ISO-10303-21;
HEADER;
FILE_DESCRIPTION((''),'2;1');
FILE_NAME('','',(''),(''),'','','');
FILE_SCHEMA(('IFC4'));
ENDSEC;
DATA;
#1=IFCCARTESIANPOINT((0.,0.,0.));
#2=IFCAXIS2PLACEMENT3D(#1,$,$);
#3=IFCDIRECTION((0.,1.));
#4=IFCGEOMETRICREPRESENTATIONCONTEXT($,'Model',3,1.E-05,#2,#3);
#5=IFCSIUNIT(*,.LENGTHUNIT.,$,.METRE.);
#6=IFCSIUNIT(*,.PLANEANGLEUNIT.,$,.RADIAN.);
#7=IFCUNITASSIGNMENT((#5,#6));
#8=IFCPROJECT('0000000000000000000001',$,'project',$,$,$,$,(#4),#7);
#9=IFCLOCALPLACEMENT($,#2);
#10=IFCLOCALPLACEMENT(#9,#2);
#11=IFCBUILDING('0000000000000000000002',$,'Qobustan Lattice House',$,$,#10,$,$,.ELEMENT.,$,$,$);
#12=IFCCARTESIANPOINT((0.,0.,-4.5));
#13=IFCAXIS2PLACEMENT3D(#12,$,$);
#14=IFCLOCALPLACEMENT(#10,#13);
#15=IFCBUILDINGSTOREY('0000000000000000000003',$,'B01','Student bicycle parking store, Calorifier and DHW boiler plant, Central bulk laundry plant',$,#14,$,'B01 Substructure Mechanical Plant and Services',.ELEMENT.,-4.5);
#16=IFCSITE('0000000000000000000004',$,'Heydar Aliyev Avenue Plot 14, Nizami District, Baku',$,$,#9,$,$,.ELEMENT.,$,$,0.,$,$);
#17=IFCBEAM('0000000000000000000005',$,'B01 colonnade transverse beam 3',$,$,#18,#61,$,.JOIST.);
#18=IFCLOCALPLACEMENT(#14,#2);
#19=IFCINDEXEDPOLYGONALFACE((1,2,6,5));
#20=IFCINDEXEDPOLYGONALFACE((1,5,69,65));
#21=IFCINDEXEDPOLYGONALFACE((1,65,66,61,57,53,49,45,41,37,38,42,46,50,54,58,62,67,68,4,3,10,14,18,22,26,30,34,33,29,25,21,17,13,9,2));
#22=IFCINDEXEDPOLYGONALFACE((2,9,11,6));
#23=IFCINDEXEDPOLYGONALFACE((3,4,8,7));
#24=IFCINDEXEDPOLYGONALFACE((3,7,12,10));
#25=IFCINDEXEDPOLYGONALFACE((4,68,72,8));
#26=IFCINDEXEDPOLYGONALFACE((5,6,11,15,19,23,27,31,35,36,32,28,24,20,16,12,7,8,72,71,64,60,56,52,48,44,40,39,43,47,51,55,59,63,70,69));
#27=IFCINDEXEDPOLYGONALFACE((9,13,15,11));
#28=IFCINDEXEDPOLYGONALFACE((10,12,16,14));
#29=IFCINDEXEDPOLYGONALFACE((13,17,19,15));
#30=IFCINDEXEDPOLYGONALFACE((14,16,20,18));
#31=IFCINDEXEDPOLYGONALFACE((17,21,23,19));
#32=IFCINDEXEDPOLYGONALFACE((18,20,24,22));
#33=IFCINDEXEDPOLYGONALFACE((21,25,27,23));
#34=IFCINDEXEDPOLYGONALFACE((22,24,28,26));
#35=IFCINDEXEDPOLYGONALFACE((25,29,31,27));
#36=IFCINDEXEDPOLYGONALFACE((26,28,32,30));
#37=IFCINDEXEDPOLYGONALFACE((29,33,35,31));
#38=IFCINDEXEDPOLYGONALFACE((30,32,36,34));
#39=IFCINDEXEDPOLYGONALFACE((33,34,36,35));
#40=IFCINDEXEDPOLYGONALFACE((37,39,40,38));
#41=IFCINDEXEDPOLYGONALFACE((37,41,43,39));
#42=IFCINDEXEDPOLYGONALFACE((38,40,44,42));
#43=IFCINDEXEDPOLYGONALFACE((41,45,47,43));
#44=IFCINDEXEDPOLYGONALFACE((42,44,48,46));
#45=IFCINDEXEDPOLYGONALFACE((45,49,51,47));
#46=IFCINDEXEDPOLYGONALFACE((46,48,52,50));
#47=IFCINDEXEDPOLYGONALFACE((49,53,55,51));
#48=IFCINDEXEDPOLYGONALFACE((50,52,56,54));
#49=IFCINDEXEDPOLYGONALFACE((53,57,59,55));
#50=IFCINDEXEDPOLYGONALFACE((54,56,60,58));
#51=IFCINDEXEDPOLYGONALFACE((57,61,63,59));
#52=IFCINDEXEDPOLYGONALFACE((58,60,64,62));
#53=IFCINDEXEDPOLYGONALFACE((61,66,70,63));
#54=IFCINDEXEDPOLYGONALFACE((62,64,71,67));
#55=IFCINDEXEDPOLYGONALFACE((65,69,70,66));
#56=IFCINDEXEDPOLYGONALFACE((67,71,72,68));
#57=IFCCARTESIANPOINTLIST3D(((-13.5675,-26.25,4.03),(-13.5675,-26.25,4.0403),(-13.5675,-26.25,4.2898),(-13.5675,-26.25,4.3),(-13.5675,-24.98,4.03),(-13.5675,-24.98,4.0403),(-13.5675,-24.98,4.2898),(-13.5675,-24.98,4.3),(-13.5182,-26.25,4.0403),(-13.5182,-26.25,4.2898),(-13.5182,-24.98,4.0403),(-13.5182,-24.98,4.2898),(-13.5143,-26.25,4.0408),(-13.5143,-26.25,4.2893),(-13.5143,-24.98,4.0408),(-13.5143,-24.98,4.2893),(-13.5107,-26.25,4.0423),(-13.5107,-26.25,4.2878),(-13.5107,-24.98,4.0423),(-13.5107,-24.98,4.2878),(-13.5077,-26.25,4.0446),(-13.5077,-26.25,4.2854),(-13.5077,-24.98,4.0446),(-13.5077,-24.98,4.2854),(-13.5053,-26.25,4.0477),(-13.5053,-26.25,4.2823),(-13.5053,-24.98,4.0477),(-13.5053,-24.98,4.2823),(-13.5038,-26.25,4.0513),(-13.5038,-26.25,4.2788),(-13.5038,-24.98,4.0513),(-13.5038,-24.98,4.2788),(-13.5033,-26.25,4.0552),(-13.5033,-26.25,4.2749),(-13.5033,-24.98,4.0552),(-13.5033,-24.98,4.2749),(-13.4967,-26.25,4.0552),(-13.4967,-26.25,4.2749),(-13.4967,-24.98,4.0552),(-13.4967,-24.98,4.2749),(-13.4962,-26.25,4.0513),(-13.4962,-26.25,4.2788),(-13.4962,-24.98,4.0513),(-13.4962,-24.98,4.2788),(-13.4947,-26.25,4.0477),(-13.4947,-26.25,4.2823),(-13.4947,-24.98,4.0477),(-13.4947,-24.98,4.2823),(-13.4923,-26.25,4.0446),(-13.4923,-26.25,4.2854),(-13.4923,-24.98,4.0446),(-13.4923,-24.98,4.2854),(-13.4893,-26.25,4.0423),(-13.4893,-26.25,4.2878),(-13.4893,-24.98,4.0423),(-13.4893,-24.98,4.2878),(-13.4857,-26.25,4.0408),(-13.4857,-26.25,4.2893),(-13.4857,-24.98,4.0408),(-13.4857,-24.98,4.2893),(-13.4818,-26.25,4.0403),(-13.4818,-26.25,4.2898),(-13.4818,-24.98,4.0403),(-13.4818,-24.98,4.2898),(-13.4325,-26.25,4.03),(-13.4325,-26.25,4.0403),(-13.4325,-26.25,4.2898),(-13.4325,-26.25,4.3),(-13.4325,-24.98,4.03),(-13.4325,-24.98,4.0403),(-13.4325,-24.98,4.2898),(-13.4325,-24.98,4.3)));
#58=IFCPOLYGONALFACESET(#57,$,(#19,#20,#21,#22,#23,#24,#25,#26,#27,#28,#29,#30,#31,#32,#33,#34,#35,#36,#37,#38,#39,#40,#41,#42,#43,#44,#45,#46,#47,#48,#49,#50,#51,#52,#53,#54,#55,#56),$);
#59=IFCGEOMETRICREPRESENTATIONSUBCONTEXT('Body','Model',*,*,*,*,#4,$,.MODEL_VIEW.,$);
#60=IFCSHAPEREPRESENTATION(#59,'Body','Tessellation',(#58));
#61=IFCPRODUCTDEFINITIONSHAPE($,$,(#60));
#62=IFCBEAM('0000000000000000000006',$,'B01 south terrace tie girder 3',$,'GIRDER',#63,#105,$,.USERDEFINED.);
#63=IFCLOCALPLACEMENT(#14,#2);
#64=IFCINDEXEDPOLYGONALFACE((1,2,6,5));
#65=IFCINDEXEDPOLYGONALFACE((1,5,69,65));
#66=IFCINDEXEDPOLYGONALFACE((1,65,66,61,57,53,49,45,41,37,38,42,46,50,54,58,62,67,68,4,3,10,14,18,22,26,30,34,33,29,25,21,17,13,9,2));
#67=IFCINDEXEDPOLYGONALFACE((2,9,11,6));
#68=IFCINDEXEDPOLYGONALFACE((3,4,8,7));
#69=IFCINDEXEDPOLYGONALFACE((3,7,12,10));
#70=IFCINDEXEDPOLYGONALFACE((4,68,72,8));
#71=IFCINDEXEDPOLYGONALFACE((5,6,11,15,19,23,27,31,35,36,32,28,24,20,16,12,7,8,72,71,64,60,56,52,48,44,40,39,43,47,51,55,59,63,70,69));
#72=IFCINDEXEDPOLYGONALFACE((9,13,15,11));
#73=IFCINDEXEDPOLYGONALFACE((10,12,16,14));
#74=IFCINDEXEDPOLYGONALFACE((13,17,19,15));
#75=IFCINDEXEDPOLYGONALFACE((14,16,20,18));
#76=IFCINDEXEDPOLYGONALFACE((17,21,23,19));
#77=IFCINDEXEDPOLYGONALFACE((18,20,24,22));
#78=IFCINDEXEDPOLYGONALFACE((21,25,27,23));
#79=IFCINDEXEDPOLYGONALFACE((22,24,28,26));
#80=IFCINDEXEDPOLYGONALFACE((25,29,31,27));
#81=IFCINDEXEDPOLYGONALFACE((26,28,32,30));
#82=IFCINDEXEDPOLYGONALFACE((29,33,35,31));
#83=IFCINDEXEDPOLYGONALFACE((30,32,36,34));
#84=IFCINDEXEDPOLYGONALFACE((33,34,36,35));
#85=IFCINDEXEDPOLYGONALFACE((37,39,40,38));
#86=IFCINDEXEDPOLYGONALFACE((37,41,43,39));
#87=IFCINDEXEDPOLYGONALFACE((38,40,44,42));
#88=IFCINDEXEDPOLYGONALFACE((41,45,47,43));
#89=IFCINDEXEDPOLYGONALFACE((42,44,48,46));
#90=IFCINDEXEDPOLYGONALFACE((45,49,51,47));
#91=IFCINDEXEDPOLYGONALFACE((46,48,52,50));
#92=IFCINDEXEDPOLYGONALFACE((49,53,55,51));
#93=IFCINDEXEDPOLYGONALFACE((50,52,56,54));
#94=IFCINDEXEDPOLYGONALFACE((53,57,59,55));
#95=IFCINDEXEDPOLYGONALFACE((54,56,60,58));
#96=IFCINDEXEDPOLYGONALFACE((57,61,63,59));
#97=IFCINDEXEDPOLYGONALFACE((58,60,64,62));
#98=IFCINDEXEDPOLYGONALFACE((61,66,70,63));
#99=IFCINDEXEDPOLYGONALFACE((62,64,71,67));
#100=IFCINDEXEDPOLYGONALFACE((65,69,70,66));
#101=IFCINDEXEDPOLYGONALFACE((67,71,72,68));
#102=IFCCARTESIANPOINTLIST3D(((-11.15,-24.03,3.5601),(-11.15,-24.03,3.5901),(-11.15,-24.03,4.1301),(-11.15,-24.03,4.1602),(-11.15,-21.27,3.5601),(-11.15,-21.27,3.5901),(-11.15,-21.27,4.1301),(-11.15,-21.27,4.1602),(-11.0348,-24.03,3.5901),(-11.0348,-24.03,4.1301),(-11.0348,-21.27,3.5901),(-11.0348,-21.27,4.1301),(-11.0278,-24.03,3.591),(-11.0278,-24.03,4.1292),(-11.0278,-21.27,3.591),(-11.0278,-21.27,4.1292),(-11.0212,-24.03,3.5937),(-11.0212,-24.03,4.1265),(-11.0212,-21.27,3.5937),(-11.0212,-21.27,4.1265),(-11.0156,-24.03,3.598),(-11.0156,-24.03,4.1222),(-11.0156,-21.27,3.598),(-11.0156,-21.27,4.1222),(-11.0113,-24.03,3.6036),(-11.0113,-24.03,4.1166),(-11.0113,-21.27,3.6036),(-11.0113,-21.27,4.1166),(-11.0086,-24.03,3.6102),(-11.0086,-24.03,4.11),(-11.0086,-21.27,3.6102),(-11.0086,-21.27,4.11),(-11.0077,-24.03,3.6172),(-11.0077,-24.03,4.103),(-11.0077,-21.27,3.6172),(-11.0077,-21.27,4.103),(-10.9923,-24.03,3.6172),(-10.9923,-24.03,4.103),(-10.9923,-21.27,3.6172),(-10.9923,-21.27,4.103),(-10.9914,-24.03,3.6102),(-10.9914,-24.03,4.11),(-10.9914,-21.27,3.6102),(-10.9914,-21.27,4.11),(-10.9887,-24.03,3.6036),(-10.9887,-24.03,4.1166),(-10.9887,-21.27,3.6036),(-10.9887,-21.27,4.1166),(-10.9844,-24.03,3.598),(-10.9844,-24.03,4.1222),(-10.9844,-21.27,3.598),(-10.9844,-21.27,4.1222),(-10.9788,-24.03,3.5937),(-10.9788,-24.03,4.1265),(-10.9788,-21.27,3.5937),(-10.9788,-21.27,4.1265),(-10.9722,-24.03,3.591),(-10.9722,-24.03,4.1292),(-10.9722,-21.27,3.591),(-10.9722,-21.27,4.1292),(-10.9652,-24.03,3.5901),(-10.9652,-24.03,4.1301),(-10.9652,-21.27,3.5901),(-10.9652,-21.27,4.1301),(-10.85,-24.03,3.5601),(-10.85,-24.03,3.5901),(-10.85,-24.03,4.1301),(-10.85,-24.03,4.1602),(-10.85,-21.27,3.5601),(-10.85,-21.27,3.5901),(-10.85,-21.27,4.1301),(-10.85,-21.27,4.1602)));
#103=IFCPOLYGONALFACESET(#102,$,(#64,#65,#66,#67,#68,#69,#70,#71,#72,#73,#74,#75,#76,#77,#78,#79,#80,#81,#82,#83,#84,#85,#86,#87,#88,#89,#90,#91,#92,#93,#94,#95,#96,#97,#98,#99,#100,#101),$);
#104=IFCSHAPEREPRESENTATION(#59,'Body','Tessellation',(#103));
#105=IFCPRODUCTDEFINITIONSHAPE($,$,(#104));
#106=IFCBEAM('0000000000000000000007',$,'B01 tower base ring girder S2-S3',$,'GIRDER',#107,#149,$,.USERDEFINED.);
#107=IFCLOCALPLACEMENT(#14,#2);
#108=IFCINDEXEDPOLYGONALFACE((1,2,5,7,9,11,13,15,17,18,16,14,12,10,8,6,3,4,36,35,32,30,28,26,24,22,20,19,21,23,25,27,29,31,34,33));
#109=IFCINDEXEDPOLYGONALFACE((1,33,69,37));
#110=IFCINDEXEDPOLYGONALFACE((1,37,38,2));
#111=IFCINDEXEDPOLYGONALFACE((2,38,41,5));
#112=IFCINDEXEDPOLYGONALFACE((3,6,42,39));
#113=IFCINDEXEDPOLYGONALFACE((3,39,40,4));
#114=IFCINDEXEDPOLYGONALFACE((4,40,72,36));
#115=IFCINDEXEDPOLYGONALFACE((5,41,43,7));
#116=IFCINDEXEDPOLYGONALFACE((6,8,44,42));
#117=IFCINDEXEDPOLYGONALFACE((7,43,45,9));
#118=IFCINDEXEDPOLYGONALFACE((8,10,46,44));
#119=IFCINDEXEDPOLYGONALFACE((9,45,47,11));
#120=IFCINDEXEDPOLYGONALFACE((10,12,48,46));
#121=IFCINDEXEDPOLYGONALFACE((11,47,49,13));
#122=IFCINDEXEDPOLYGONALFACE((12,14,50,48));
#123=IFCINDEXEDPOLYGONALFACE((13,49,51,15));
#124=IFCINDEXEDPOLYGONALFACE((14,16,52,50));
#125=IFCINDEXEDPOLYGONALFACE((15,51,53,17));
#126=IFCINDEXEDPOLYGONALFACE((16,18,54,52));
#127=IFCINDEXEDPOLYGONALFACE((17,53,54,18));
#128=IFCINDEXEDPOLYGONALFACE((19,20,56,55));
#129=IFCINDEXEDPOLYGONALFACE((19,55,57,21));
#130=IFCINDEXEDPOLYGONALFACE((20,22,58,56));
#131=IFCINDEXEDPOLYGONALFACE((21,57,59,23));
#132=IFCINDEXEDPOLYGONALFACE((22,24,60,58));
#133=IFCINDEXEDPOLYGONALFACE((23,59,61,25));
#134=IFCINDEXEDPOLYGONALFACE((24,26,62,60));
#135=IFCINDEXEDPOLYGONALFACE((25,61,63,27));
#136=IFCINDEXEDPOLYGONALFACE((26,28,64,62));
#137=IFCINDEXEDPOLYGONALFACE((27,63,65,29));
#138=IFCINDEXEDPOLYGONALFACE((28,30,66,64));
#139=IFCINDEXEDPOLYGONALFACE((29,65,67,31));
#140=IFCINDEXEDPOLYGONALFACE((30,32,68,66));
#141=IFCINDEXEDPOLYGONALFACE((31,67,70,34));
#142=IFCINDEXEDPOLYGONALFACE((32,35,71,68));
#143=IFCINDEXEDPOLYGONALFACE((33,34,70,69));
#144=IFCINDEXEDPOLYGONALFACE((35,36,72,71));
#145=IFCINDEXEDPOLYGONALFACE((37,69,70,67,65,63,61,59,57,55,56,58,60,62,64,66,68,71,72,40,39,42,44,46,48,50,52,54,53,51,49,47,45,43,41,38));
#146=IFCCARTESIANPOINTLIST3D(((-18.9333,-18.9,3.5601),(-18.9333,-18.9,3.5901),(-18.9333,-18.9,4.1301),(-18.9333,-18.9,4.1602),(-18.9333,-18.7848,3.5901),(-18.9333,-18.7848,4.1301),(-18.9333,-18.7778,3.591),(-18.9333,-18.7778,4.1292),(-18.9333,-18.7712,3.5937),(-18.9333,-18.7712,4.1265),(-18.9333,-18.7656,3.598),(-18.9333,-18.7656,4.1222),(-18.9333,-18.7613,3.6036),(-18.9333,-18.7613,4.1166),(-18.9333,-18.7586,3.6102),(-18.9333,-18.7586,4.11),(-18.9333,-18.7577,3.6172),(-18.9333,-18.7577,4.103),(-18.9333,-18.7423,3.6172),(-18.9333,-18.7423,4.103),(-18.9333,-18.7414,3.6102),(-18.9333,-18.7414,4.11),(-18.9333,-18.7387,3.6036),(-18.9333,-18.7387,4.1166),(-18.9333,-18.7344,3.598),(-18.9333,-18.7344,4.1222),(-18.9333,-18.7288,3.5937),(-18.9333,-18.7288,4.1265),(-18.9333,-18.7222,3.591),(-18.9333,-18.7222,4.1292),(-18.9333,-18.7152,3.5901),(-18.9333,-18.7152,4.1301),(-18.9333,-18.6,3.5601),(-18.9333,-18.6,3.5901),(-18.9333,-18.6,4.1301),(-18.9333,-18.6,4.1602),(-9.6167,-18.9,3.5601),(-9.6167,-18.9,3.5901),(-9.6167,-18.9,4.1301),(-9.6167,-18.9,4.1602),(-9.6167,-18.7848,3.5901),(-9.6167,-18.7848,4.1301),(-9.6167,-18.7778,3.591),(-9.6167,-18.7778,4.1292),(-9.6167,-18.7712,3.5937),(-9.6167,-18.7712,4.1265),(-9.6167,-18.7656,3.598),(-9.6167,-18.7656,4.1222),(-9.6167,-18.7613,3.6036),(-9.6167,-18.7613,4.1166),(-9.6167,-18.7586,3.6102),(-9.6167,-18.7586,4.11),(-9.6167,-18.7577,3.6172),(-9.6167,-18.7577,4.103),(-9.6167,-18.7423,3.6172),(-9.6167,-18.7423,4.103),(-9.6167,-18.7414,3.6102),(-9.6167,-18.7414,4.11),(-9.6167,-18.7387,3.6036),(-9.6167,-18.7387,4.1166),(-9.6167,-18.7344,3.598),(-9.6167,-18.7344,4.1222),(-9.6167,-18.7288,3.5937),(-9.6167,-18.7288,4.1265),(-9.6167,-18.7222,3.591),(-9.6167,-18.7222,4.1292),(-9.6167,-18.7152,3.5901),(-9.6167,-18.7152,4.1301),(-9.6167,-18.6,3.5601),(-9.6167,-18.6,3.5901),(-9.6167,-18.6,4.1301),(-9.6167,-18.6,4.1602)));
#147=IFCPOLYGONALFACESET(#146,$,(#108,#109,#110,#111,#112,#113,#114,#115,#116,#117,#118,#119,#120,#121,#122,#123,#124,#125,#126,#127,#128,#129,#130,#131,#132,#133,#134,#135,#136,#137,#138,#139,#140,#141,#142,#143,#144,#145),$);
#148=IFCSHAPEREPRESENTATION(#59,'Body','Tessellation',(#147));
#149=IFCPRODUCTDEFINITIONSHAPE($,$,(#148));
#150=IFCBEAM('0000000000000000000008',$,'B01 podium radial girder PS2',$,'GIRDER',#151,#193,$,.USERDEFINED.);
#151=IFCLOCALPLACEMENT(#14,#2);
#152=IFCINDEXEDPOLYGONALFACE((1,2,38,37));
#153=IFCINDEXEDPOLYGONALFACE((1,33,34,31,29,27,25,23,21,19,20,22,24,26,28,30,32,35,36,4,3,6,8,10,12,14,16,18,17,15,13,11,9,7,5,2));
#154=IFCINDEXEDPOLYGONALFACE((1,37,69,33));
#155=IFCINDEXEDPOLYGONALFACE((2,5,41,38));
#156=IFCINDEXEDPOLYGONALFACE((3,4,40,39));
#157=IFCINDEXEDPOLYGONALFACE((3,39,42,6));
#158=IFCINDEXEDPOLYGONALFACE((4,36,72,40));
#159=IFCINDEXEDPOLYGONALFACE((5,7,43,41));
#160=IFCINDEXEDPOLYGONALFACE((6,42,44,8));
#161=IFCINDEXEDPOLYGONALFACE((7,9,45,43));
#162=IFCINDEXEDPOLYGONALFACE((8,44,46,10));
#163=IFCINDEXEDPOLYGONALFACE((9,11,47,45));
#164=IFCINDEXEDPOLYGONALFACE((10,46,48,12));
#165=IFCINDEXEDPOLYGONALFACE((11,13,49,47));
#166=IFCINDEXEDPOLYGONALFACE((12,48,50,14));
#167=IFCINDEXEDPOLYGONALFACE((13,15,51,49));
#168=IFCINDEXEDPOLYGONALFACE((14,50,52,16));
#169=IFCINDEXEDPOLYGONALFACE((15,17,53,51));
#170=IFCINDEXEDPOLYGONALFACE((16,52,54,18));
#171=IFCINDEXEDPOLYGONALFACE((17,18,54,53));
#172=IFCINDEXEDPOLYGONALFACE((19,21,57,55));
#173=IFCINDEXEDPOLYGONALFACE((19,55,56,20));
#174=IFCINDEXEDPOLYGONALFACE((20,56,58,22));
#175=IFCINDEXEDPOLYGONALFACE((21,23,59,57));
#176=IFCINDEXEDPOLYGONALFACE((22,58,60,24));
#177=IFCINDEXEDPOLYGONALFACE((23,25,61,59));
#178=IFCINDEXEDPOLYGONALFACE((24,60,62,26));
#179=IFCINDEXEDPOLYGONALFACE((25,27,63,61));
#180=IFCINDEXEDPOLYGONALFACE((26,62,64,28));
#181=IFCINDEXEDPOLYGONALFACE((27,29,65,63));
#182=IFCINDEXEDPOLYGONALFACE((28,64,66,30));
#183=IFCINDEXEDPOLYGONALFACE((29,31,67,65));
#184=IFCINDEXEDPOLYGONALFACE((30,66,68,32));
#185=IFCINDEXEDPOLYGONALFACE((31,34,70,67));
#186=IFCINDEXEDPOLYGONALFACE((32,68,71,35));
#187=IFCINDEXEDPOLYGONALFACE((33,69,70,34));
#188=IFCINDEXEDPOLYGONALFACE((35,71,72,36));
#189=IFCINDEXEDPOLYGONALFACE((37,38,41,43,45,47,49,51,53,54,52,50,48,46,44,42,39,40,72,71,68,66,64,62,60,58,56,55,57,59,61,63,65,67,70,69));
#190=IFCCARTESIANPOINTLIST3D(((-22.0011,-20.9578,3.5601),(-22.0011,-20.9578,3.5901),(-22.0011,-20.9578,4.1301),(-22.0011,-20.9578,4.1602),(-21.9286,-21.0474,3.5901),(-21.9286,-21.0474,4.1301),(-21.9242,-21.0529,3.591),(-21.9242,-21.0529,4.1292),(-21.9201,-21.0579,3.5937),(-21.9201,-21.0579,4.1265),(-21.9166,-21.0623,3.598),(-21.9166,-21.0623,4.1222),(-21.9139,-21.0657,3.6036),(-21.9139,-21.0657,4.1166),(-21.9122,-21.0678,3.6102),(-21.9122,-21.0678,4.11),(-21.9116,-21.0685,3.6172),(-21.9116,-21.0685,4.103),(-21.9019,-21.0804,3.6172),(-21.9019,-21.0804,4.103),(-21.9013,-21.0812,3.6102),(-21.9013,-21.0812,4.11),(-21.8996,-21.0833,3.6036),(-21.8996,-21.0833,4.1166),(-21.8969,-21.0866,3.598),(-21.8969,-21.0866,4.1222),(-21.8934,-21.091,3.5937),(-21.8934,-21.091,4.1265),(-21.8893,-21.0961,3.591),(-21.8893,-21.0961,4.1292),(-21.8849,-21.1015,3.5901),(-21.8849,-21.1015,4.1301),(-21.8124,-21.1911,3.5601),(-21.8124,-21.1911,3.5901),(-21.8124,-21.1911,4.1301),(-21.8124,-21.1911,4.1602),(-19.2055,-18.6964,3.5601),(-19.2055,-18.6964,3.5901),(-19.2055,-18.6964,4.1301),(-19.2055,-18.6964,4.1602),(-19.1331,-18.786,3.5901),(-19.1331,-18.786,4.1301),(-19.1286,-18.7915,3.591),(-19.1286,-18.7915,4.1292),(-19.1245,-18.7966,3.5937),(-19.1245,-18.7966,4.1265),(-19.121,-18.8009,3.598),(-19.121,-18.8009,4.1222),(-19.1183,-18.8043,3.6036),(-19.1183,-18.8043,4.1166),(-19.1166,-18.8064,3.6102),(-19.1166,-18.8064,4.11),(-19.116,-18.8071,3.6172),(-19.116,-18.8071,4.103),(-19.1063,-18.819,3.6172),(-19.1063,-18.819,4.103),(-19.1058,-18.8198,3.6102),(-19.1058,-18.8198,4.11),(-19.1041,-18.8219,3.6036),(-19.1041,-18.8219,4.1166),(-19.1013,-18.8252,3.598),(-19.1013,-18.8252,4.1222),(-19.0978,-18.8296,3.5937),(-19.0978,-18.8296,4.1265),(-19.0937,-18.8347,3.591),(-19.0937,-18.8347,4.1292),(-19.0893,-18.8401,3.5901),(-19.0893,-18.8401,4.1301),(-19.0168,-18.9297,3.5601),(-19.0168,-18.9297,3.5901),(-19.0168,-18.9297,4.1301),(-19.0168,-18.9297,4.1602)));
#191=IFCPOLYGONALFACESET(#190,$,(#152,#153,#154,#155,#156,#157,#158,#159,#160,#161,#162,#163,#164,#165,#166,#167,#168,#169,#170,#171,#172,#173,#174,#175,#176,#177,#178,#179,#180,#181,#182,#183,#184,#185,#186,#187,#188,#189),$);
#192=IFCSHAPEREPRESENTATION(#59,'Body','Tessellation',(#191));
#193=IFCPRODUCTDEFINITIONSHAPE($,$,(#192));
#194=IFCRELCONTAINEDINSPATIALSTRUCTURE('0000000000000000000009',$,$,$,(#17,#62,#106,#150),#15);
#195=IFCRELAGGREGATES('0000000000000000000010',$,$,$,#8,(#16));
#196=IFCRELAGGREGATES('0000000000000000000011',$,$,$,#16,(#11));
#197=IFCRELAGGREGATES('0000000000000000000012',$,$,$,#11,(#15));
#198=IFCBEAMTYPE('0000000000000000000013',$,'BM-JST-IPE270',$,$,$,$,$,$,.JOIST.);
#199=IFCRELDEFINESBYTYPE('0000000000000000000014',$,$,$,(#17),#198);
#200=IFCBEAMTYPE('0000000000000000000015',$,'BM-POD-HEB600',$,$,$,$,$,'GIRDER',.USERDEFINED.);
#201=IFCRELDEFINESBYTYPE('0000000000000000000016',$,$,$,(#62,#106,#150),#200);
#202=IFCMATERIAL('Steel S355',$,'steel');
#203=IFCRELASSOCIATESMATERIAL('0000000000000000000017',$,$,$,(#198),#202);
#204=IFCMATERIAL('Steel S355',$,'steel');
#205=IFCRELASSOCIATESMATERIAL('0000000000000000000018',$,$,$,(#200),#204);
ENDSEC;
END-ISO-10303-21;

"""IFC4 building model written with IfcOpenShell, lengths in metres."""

from ifc_helpers import new_model, si_unit, direction, frame, origin, origin_2d, place, context, subcontext, project, spatial, i_section, extrude, material, material_profile, profile_set, type_object, element, save


model = new_model("IFC4")

# Units and contexts
model_context = context("Model", 3, precision=1e-05, world=origin(), true_north=direction((0.0, 1.0)))
body_context = subcontext(model_context, "Body", "Model", "MODEL_VIEW")
ifc_project = project(units=[si_unit("LENGTHUNIT", "METRE"), si_unit("PLANEANGLEUNIT", "RADIAN")], contexts=[model_context])

# Site, building, storey
site_placement = place(None, origin())
site = spatial("IfcSite", under=ifc_project, at=site_placement, Name="Heydar Aliyev Avenue Plot 14, Nizami District, Baku", CompositionType="ELEMENT", RefElevation=0.0)
building_placement = place(site_placement, origin())
building = spatial("IfcBuilding", under=site, at=building_placement, Name="Qobustan Lattice House", CompositionType="ELEMENT")
storey_placement = place(building_placement, frame((0.0, 0.0, -4.5)))
storey = spatial("IfcBuildingStorey", under=building, at=storey_placement, Name="B01", Description="Student bicycle parking store, Calorifier and DHW boiler plant, Central bulk laundry plant", LongName="B01 Substructure Mechanical Plant and Services", CompositionType="ELEMENT", Elevation=-4.5)

# Beams
ifc_material_1 = material(Name="Steel S355", Category="steel")
ifc_material_profile_1 = material_profile(ifc_material_1, i_section(OverallWidth=0.135, OverallDepth=0.27, WebThickness=0.0066, FlangeThickness=0.0103, FilletRadius=0.0149, at=origin_2d()), Name="IPE270")
ifc_profile_set_1 = profile_set([ifc_material_profile_1], Name="Steel S355")
beam_type_1 = type_object("IfcBeamType", Name="BM-JST-IPE270", PredefinedType="JOIST", material=ifc_profile_set_1)
beam_1_placement = place(storey_placement, frame((-13.5, -26.25, 4.165), z_axis=(0.0, 1.0, 0.0), x_axis=(-1.0, 0.0, 0.0)))
element("IfcBeam", 1, at=beam_1_placement, inside=storey, type_object=beam_type_1, Name="B01 colonnade transverse beam 3", PredefinedType="JOIST", context=body_context, shape_type="SweptSolid", body=[
    extrude(i_section(OverallWidth=0.135, OverallDepth=0.27, WebThickness=0.0066, FlangeThickness=0.0103, FilletRadius=0.0149, at=origin_2d()), origin(), (0.0, 0.0, 1.0), 1.27),
])
ifc_material_2 = material(Name="Steel S355", Category="steel")
ifc_material_profile_2 = material_profile(ifc_material_2, i_section(OverallWidth=0.3, OverallDepth=0.6001, WebThickness=0.0154, FlangeThickness=0.03, FilletRadius=0.0271, at=origin_2d()), Name="HEB600")
ifc_profile_set_2 = profile_set([ifc_material_profile_2], Name="Steel S355")
beam_type_2 = type_object("IfcBeamType", Name="BM-POD-HEB600", ElementType="GIRDER", PredefinedType="USERDEFINED", material=ifc_profile_set_2)
beam_2_placement = place(storey_placement, frame((-11.0, -24.03, 3.8601), z_axis=(0.0, 1.0, 0.0), x_axis=(-1.0, 0.0, 0.0)))
element("IfcBeam", 2, at=beam_2_placement, inside=storey, type_object=beam_type_2, Name="B01 south terrace tie girder 3", ObjectType="GIRDER", PredefinedType="USERDEFINED", context=body_context, shape_type="SweptSolid", body=[
    extrude(i_section(OverallWidth=0.3, OverallDepth=0.6001, WebThickness=0.0154, FlangeThickness=0.03, FilletRadius=0.0271, at=origin_2d()), origin(), (0.0, 0.0, 1.0), 2.76),
])
beam_3_placement = place(storey_placement, frame((-18.9333, -18.75, 3.8601), z_axis=(1.0, 0.0, 0.0), x_axis=(0.0, 1.0, 0.0)))
element("IfcBeam", 3, at=beam_3_placement, inside=storey, type_object=beam_type_2, Name="B01 tower base ring girder S2-S3", ObjectType="GIRDER", PredefinedType="USERDEFINED", context=body_context, shape_type="SweptSolid", body=[
    extrude(i_section(OverallWidth=0.3, OverallDepth=0.6001, WebThickness=0.0154, FlangeThickness=0.03, FilletRadius=0.0271, at=origin_2d()), origin(), (0.0, 0.0, 1.0), 9.3167),
])
beam_4_placement = place(storey_placement, frame((-21.9067, -21.0745, 3.8601), z_axis=(0.777473, 0.628917, 0.0), x_axis=(-0.628917, 0.777473, 0.0)))
element("IfcBeam", 4, at=beam_4_placement, inside=storey, type_object=beam_type_2, Name="B01 podium radial girder PS2", ObjectType="GIRDER", PredefinedType="USERDEFINED", context=body_context, shape_type="SweptSolid", body=[
    extrude(i_section(OverallWidth=0.3, OverallDepth=0.6001, WebThickness=0.0154, FlangeThickness=0.03, FilletRadius=0.0271, at=origin_2d()), origin(), (0.0, 0.0, 1.0), 3.5957),
])

save(model, "model.ifc")
